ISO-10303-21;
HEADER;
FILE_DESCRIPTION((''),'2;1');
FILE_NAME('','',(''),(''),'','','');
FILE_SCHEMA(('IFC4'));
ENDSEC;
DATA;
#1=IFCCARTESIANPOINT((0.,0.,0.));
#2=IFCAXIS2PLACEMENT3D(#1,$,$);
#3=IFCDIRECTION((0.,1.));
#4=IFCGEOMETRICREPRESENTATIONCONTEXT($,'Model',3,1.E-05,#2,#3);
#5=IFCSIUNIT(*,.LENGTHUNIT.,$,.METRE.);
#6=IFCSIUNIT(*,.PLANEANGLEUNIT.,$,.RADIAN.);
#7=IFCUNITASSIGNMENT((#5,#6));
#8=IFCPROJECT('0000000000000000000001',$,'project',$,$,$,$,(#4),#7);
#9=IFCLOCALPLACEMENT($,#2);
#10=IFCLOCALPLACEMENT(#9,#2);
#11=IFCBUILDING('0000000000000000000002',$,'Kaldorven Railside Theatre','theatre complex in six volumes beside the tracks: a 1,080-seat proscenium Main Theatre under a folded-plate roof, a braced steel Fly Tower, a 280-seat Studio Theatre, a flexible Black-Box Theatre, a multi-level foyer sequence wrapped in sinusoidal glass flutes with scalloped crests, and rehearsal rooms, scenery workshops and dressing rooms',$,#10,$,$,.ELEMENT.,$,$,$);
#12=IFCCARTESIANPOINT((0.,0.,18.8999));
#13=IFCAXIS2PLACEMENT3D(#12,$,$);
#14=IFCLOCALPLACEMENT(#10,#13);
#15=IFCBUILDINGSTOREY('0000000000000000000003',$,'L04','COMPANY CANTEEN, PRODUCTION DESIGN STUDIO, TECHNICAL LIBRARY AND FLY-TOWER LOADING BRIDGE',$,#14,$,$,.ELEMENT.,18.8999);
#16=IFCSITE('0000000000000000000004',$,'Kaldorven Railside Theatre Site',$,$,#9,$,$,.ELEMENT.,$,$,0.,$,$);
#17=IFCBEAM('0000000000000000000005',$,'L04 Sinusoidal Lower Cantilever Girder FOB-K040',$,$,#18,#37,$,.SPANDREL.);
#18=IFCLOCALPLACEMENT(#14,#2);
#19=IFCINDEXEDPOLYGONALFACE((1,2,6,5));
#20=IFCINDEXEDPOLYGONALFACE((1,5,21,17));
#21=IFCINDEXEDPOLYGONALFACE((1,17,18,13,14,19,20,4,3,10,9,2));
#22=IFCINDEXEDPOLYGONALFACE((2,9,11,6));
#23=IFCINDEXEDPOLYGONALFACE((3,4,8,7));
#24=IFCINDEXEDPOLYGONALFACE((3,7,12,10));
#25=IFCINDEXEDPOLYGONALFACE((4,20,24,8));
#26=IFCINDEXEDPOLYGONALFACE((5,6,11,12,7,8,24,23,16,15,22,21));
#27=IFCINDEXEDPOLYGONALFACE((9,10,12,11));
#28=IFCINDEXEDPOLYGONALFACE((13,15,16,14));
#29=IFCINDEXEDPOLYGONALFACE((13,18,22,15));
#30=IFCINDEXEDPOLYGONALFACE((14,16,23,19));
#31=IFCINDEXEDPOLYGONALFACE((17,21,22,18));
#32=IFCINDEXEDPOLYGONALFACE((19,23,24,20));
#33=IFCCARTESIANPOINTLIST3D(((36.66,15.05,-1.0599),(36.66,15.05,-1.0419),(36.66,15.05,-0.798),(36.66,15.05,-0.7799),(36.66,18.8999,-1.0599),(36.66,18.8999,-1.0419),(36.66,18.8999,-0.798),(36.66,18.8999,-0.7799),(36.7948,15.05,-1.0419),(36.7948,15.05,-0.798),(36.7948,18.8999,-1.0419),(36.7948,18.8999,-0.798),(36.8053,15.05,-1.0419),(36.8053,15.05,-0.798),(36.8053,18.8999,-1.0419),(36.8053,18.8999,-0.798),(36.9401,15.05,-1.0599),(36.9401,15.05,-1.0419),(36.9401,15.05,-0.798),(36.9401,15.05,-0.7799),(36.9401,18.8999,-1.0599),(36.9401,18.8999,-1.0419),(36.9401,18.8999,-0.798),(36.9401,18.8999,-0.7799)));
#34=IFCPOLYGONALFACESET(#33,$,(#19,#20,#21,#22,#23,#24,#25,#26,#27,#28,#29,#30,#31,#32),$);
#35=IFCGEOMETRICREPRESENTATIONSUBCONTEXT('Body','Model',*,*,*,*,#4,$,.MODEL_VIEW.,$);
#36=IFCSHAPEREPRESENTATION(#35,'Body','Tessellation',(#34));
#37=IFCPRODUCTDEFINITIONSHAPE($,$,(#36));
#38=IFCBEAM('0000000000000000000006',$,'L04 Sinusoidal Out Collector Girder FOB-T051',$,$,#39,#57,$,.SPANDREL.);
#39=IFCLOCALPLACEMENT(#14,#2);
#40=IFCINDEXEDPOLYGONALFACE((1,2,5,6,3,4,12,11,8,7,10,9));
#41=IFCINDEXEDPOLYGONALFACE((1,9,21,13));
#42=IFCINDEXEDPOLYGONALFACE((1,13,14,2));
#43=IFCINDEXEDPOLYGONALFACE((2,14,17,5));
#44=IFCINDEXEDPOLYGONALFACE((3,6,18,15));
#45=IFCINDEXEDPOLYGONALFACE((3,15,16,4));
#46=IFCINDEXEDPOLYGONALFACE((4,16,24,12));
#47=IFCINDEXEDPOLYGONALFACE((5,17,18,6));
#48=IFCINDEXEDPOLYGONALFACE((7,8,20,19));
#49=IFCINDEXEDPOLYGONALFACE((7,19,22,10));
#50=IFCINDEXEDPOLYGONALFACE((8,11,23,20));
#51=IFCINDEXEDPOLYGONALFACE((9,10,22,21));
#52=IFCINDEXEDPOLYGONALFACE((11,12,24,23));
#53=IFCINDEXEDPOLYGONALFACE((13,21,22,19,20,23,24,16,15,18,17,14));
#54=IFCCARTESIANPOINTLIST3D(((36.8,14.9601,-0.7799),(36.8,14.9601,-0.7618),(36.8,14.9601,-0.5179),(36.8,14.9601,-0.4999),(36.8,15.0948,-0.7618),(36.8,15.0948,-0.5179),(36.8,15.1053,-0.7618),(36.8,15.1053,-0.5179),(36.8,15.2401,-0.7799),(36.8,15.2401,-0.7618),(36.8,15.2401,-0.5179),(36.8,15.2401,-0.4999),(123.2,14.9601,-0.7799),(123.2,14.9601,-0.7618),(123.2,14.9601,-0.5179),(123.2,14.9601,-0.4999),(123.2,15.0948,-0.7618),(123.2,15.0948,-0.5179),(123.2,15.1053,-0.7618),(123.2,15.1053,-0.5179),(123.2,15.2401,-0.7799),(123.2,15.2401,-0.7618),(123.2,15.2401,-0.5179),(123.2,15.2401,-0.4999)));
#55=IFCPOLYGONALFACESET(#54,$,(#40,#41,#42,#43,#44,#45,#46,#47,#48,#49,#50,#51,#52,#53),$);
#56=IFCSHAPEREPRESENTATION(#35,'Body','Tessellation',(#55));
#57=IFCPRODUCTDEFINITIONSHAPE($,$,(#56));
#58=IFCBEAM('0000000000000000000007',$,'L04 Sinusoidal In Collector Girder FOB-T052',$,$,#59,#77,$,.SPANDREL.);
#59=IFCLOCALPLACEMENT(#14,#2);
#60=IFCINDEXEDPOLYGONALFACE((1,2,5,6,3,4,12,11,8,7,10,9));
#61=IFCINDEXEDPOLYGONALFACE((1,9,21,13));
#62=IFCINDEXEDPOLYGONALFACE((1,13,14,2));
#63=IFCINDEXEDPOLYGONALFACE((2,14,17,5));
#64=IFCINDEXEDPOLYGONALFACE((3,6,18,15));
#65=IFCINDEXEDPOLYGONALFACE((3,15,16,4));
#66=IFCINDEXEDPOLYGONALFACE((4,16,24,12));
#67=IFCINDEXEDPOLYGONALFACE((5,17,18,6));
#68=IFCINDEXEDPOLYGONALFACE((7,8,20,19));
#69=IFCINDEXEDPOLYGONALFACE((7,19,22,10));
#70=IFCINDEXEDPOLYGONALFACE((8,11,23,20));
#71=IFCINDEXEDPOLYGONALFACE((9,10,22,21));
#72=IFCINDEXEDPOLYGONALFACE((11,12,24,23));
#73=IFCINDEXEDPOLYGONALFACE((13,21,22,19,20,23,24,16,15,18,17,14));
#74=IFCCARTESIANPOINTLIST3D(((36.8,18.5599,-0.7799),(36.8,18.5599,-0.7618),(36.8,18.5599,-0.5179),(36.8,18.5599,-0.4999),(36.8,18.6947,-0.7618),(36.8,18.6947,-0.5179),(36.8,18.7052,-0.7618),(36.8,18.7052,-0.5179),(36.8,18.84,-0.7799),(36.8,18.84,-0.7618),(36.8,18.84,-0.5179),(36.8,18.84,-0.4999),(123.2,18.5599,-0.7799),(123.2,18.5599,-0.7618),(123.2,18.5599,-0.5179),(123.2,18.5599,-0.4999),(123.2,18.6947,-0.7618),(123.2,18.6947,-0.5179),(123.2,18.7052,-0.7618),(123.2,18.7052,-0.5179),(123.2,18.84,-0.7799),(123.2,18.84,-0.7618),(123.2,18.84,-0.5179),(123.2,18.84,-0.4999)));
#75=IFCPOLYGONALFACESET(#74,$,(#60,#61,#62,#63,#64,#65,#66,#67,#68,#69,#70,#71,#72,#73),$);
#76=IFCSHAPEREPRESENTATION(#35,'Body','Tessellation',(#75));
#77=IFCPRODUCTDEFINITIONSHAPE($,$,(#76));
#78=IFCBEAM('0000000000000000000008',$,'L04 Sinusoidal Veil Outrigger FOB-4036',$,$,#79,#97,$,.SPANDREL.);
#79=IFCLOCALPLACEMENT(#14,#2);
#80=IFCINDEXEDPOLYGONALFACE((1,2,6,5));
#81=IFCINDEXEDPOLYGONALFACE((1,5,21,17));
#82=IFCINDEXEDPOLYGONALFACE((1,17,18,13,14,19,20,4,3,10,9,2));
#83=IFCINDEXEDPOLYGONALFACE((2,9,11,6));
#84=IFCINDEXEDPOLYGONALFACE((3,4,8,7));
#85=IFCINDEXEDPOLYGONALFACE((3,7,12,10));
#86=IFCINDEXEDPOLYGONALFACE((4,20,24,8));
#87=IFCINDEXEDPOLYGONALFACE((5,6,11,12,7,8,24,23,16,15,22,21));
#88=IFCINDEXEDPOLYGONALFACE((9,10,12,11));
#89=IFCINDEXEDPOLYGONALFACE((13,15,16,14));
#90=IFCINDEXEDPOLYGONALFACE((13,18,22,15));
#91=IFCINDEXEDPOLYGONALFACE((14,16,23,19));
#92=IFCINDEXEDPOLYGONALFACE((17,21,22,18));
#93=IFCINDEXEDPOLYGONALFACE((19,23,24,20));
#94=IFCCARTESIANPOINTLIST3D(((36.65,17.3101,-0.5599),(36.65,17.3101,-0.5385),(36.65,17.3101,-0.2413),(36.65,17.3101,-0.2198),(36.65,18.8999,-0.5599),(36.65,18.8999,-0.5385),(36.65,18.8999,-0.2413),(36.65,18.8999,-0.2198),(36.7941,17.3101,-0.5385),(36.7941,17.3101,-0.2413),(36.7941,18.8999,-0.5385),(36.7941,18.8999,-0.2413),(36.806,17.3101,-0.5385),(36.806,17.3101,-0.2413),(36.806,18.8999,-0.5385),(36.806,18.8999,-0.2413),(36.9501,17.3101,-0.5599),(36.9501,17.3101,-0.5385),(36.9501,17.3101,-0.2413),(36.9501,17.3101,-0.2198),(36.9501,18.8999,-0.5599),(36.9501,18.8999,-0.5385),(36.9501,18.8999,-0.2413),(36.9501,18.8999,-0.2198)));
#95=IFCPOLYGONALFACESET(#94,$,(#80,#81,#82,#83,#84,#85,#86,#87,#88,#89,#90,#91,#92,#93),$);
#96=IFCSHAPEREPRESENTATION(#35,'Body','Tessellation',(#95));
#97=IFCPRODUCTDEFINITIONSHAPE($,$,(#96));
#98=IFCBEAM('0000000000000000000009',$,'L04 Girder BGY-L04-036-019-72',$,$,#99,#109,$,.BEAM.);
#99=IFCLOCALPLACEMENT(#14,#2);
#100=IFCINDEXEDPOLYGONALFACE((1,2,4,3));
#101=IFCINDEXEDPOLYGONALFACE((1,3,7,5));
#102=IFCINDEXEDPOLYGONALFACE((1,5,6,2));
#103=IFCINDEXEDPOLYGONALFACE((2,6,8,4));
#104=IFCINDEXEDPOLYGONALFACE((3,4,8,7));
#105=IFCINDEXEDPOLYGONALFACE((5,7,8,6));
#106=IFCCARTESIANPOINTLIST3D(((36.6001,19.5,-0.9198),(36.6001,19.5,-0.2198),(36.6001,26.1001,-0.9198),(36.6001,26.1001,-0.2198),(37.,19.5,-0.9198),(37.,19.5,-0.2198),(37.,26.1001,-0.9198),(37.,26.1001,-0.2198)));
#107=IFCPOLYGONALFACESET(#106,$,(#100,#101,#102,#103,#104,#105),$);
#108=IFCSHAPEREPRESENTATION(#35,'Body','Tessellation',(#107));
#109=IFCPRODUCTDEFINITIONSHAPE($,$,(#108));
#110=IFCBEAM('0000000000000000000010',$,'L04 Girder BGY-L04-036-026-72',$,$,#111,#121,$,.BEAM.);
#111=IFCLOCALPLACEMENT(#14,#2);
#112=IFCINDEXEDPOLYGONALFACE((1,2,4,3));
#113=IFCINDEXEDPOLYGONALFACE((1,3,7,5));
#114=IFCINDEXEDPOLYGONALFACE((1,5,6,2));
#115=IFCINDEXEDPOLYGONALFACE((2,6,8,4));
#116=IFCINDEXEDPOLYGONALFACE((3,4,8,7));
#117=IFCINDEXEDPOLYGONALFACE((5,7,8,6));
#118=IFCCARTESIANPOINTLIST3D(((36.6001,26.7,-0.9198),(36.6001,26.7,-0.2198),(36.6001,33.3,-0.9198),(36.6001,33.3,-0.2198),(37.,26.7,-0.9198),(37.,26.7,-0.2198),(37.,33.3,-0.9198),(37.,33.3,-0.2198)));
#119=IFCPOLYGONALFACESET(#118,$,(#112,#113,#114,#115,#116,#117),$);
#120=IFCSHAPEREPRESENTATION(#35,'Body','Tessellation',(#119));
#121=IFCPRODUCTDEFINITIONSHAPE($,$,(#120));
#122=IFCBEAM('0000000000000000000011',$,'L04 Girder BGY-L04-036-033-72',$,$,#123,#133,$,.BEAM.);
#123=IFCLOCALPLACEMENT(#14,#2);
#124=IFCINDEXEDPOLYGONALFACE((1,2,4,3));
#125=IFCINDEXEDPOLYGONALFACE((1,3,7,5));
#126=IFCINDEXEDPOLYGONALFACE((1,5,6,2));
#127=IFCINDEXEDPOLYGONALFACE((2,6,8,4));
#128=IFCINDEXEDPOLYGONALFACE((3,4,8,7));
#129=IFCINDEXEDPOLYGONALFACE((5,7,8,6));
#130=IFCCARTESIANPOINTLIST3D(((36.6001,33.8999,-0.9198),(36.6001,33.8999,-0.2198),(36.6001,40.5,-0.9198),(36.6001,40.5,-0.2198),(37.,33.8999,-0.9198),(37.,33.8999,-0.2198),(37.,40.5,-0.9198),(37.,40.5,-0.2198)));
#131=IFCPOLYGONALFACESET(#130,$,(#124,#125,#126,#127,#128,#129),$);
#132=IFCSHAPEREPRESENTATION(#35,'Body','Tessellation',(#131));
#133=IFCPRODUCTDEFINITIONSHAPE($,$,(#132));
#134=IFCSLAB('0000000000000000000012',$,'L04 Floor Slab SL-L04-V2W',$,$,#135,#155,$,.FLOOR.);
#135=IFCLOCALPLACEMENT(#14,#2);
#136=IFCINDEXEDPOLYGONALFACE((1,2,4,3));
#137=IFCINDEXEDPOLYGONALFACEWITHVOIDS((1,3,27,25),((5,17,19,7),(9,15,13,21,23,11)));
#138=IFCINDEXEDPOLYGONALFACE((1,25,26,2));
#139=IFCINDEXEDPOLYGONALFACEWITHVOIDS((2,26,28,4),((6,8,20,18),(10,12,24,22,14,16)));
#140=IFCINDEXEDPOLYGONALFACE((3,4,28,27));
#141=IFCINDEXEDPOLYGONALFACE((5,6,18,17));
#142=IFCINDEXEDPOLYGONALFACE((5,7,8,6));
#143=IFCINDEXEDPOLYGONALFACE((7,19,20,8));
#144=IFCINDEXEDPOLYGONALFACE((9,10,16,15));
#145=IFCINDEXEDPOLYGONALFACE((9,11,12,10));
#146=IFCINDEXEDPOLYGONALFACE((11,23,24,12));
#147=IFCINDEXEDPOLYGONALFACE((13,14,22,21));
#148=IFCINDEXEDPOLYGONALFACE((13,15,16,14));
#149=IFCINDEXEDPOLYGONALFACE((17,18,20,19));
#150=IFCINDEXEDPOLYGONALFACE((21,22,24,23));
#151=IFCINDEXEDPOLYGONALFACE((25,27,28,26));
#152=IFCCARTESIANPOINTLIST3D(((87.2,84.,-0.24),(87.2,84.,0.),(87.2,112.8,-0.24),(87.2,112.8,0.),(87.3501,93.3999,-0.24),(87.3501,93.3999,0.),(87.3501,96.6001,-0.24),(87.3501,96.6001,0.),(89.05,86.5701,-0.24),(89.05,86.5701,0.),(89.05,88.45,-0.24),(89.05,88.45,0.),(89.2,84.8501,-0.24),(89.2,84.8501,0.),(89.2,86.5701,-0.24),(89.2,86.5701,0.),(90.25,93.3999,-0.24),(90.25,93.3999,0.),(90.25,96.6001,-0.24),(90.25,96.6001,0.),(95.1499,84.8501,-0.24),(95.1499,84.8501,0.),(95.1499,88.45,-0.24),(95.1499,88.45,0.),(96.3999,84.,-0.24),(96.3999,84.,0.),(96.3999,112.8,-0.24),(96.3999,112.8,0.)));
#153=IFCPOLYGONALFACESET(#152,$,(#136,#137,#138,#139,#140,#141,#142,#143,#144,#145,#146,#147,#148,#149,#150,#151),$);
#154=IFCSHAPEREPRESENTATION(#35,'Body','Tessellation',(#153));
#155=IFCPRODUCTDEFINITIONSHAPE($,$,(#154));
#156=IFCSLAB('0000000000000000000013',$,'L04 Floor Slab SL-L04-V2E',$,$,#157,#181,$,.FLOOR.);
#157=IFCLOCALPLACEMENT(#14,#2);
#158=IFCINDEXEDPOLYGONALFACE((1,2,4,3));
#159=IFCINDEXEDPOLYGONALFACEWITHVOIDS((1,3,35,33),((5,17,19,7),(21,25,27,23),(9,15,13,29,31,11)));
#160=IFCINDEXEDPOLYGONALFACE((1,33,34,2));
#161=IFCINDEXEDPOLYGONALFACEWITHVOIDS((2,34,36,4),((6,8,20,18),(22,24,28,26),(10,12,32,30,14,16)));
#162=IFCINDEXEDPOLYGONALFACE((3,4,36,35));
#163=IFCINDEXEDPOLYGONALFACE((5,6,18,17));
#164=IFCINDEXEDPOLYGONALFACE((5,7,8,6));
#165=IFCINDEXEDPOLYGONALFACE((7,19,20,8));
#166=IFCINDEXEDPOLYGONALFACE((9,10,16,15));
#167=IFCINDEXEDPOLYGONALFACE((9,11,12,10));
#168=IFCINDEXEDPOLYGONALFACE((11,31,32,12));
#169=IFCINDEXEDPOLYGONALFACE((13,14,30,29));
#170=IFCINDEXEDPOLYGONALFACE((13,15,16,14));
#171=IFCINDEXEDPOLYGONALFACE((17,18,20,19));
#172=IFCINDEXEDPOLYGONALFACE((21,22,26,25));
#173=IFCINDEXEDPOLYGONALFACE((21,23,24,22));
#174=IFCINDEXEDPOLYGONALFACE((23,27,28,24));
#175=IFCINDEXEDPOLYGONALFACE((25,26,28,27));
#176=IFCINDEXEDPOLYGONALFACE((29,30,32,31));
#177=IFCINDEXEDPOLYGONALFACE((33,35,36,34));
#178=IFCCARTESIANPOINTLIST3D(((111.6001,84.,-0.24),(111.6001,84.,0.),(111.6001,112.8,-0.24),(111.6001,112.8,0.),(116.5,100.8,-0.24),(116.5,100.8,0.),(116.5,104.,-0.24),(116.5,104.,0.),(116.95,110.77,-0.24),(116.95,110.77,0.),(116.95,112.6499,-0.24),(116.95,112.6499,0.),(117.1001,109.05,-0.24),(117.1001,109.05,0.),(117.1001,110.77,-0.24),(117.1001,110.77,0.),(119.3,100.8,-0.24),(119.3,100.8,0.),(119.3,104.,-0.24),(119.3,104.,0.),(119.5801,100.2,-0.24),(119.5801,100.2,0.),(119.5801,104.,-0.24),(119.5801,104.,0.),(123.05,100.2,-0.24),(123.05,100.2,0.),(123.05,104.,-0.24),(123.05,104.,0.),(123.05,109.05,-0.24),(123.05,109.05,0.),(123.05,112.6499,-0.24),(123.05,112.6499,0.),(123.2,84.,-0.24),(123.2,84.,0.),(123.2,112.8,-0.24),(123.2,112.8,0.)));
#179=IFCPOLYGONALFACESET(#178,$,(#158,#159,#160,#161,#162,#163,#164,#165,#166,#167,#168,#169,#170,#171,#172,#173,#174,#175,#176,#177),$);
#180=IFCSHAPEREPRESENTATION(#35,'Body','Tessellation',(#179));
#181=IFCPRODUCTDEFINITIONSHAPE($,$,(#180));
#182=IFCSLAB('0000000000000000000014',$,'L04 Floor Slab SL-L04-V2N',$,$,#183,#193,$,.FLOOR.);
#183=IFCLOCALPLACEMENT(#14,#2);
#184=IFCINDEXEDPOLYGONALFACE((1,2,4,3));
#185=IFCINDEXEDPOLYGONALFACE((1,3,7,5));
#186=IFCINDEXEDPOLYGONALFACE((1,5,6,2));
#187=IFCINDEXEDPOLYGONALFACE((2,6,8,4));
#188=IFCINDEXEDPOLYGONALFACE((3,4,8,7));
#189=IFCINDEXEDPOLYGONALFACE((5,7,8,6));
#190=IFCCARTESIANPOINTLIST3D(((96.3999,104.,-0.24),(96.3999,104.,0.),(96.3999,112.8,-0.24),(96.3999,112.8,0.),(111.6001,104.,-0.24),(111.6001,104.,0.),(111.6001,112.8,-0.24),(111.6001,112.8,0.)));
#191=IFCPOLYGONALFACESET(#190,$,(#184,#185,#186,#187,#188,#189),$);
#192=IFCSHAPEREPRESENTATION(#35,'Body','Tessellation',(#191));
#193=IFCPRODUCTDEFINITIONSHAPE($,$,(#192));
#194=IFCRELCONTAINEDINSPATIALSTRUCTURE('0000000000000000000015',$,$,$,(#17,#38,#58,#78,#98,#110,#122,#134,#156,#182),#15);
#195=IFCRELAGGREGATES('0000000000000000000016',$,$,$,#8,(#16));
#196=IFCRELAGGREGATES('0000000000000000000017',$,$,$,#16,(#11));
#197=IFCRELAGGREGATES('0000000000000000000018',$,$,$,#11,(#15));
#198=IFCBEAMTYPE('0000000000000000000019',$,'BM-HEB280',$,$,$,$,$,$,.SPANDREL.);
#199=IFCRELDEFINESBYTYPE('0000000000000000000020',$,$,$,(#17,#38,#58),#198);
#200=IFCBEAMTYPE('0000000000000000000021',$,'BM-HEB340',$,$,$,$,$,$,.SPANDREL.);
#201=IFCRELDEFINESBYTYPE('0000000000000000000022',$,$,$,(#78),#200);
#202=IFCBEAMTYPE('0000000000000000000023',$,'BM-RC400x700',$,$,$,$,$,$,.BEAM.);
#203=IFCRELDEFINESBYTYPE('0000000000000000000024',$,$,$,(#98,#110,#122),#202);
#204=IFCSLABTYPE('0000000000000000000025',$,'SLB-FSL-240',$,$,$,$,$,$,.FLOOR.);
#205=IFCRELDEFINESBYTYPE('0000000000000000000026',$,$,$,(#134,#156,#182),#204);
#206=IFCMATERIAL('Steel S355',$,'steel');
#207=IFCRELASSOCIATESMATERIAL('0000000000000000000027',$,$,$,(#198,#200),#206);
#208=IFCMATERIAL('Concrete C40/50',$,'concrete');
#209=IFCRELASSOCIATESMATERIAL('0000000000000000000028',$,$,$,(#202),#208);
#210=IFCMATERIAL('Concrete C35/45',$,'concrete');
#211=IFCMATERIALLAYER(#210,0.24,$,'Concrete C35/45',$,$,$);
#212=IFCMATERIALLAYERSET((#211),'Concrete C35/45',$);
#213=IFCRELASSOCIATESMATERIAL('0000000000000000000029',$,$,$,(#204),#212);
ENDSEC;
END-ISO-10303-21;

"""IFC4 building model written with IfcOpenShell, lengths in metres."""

from ifc_helpers import new_model, si_unit, direction, frame, origin, origin_2d, place, context, subcontext, project, spatial, polyline, rectangle, i_section, outline, extrude, material, layer, layer_set, material_profile, profile_set, type_object, element, save


model = new_model("IFC4")

# Units and contexts
model_context = context("Model", 3, precision=1e-05, world=origin(), true_north=direction((0.0, 1.0)))
body_context = subcontext(model_context, "Body", "Model", "MODEL_VIEW")
ifc_project = project(units=[si_unit("LENGTHUNIT", "METRE"), si_unit("PLANEANGLEUNIT", "RADIAN")], contexts=[model_context])

# Site, building, storey
site_placement = place(None, origin())
site = spatial("IfcSite", under=ifc_project, at=site_placement, Name="Kaldorven Railside Theatre Site", CompositionType="ELEMENT", RefElevation=0.0)
building_placement = place(site_placement, origin())
building = spatial("IfcBuilding", under=site, at=building_placement, Name="Kaldorven Railside Theatre", Description="theatre complex in six volumes beside the tracks: a 1,080-seat proscenium Main Theatre under a folded-plate roof, a braced steel Fly Tower, a 280-seat Studio Theatre, a flexible Black-Box Theatre, a multi-level foyer sequence wrapped in sinusoidal glass flutes with scalloped crests, and rehearsal rooms, scenery workshops and dressing rooms", CompositionType="ELEMENT")
storey_placement = place(building_placement, frame((0.0, 0.0, 18.8999)))
storey = spatial("IfcBuildingStorey", under=building, at=storey_placement, Name="L04", Description="COMPANY CANTEEN, PRODUCTION DESIGN STUDIO, TECHNICAL LIBRARY AND FLY-TOWER LOADING BRIDGE", CompositionType="ELEMENT", Elevation=18.8999)

# Beams
ifc_material_1 = material(Name="Steel S355", Category="steel")
ifc_material_profile_1 = material_profile(ifc_material_1, i_section(OverallWidth=0.28, OverallDepth=0.28, WebThickness=0.0105, FlangeThickness=0.0181, at=origin_2d()), Name="HEB 280")
ifc_profile_set_1 = profile_set([ifc_material_profile_1], Name="Steel S355")
beam_type_1 = type_object("IfcBeamType", Name="BM-HEB280", PredefinedType="SPANDREL", material=ifc_profile_set_1)
beam_1_placement = place(storey_placement, frame((36.8, 15.05, -0.9199), z_axis=(0.0, 1.0, 0.0), x_axis=(-1.0, 0.0, 0.0)))
element("IfcBeam", 1, at=beam_1_placement, inside=storey, type_object=beam_type_1, Name="L04 Sinusoidal Lower Cantilever Girder FOB-K040", PredefinedType="SPANDREL", context=body_context, shape_type="SweptSolid", body=[
    extrude(i_section(OverallWidth=0.28, OverallDepth=0.28, WebThickness=0.0105, FlangeThickness=0.0181, at=origin_2d()), origin(), (0.0, 0.0, 1.0), 3.8499),
])
for number, where, z_axis, x_axis, name in (
    (2, (36.8, 15.1001, -0.6399), (1.0, 0.0, 0.0), (0.0, 1.0, 0.0), "L04 Sinusoidal Out Collector Girder FOB-T051"),
    (3, (36.8, 18.7, -0.6399), (1.0, 0.0, 0.0), (0.0, 1.0, 0.0), "L04 Sinusoidal In Collector Girder FOB-T052"),
):
    element("IfcBeam", number, at=place(storey_placement, frame(where, z_axis=z_axis, x_axis=x_axis)), inside=storey, type_object=beam_type_1, Name=name, PredefinedType="SPANDREL", context=body_context, shape_type="SweptSolid", body=[
        extrude(i_section(OverallWidth=0.28, OverallDepth=0.28, WebThickness=0.0105, FlangeThickness=0.0181, at=origin_2d()), origin(), (0.0, 0.0, 1.0), 86.3999),
    ])
ifc_material_profile_2 = material_profile(ifc_material_1, i_section(OverallWidth=0.3, OverallDepth=0.3401, WebThickness=0.012, FlangeThickness=0.0215, at=origin_2d()), Name="HEB 340")
ifc_profile_set_2 = profile_set([ifc_material_profile_2], Name="Steel S355")
beam_type_2 = type_object("IfcBeamType", Name="BM-HEB340", PredefinedType="SPANDREL", material=ifc_profile_set_2)
beam_2_placement = place(storey_placement, frame((36.8, 17.3101, -0.3899), z_axis=(0.0, 1.0, 0.0), x_axis=(-1.0, 0.0, 0.0)))
element("IfcBeam", 4, at=beam_2_placement, inside=storey, type_object=beam_type_2, Name="L04 Sinusoidal Veil Outrigger FOB-4036", PredefinedType="SPANDREL", context=body_context, shape_type="SweptSolid", body=[
    extrude(i_section(OverallWidth=0.3, OverallDepth=0.3401, WebThickness=0.012, FlangeThickness=0.0215, at=origin_2d()), origin(), (0.0, 0.0, 1.0), 1.5898),
])
ifc_material_2 = material(Name="Concrete C40/50", Category="concrete")
ifc_material_profile_3 = material_profile(ifc_material_2, rectangle(XDim=0.3999, YDim=0.7, at=origin_2d()), Name="RC 400x700")
ifc_profile_set_3 = profile_set([ifc_material_profile_3], Name="Concrete C40/50")
beam_type_3 = type_object("IfcBeamType", Name="BM-RC400x700", PredefinedType="BEAM", material=ifc_profile_set_3)
for number, where, z_axis, x_axis, name in (
    (5, (36.8, 19.5, -0.5698), (0.0, 1.0, 0.0), (-1.0, 0.0, 0.0), "L04 Girder BGY-L04-036-019-72"),
    (6, (36.8, 26.7, -0.5698), (0.0, 1.0, 0.0), (-1.0, 0.0, 0.0), "L04 Girder BGY-L04-036-026-72"),
    (7, (36.8, 33.8999, -0.5698), (0.0, 1.0, 0.0), (-1.0, 0.0, 0.0), "L04 Girder BGY-L04-036-033-72"),
):
    element("IfcBeam", number, at=place(storey_placement, frame(where, z_axis=z_axis, x_axis=x_axis)), inside=storey, type_object=beam_type_3, Name=name, PredefinedType="BEAM", context=body_context, shape_type="SweptSolid", body=[
        extrude(rectangle(XDim=0.3999, YDim=0.7, at=origin_2d()), origin(), (0.0, 0.0, 1.0), 6.6001),
    ])

# Slabs
ifc_material_3 = material(Name="Concrete C35/45", Category="concrete")
ifc_layer_1 = layer(ifc_material_3, 0.24, Name="Concrete C35/45")
ifc_layer_set_1 = layer_set([ifc_layer_1], Name="Concrete C35/45")
slab_type_1 = type_object("IfcSlabType", Name="SLB-FSL-240", PredefinedType="FLOOR", material=ifc_layer_set_1)
slab_1_placement = place(storey_placement, frame((0.0, 0.0, -0.24)))
element("IfcSlab", 8, at=slab_1_placement, inside=storey, type_object=slab_type_1, Name="L04 Floor Slab SL-L04-V2W", PredefinedType="FLOOR", context=body_context, shape_type="SweptSolid", body=[
    extrude(outline(polyline([(87.2, 84.0), (96.3999, 84.0), (96.3999, 112.8), (87.2, 112.8), (87.2, 84.0)]), holes=[polyline([(89.05, 88.45), (95.1499, 88.45), (95.1499, 84.8501), (89.2, 84.8501), (89.2, 86.5701), (89.05, 86.5701), (89.05, 88.45)]), polyline([(90.25, 93.3999), (90.25, 96.6001), (87.3501, 96.6001), (87.3501, 93.3999), (90.25, 93.3999)])]), origin(), (0.0, 0.0, 1.0), 0.24),
])
slab_2_placement = place(storey_placement, frame((0.0, 0.0, -0.24)))
element("IfcSlab", 9, at=slab_2_placement, inside=storey, type_object=slab_type_1, Name="L04 Floor Slab SL-L04-V2E", PredefinedType="FLOOR", context=body_context, shape_type="SweptSolid", body=[
    extrude(outline(polyline([(111.6001, 84.0), (123.2, 84.0), (123.2, 112.8), (111.6001, 112.8), (111.6001, 84.0)]), holes=[polyline([(116.95, 112.6499), (123.05, 112.6499), (123.05, 109.05), (117.1001, 109.05), (117.1001, 110.77), (116.95, 110.77), (116.95, 112.6499)]), polyline([(119.3, 100.8), (119.3, 104.0), (116.5, 104.0), (116.5, 100.8), (119.3, 100.8)]), polyline([(123.05, 100.2), (123.05, 104.0), (119.5801, 104.0), (119.5801, 100.2), (123.05, 100.2)])]), origin(), (0.0, 0.0, 1.0), 0.24),
])
slab_3_placement = place(storey_placement, frame((0.0, 0.0, -0.24)))
element("IfcSlab", 10, at=slab_3_placement, inside=storey, type_object=slab_type_1, Name="L04 Floor Slab SL-L04-V2N", PredefinedType="FLOOR", context=body_context, shape_type="SweptSolid", body=[
    extrude(outline(polyline([(96.3999, 104.0), (111.6001, 104.0), (111.6001, 112.8), (96.3999, 112.8), (96.3999, 104.0)])), origin(), (0.0, 0.0, 1.0), 0.24),
])

save(model, "model.ifc")
